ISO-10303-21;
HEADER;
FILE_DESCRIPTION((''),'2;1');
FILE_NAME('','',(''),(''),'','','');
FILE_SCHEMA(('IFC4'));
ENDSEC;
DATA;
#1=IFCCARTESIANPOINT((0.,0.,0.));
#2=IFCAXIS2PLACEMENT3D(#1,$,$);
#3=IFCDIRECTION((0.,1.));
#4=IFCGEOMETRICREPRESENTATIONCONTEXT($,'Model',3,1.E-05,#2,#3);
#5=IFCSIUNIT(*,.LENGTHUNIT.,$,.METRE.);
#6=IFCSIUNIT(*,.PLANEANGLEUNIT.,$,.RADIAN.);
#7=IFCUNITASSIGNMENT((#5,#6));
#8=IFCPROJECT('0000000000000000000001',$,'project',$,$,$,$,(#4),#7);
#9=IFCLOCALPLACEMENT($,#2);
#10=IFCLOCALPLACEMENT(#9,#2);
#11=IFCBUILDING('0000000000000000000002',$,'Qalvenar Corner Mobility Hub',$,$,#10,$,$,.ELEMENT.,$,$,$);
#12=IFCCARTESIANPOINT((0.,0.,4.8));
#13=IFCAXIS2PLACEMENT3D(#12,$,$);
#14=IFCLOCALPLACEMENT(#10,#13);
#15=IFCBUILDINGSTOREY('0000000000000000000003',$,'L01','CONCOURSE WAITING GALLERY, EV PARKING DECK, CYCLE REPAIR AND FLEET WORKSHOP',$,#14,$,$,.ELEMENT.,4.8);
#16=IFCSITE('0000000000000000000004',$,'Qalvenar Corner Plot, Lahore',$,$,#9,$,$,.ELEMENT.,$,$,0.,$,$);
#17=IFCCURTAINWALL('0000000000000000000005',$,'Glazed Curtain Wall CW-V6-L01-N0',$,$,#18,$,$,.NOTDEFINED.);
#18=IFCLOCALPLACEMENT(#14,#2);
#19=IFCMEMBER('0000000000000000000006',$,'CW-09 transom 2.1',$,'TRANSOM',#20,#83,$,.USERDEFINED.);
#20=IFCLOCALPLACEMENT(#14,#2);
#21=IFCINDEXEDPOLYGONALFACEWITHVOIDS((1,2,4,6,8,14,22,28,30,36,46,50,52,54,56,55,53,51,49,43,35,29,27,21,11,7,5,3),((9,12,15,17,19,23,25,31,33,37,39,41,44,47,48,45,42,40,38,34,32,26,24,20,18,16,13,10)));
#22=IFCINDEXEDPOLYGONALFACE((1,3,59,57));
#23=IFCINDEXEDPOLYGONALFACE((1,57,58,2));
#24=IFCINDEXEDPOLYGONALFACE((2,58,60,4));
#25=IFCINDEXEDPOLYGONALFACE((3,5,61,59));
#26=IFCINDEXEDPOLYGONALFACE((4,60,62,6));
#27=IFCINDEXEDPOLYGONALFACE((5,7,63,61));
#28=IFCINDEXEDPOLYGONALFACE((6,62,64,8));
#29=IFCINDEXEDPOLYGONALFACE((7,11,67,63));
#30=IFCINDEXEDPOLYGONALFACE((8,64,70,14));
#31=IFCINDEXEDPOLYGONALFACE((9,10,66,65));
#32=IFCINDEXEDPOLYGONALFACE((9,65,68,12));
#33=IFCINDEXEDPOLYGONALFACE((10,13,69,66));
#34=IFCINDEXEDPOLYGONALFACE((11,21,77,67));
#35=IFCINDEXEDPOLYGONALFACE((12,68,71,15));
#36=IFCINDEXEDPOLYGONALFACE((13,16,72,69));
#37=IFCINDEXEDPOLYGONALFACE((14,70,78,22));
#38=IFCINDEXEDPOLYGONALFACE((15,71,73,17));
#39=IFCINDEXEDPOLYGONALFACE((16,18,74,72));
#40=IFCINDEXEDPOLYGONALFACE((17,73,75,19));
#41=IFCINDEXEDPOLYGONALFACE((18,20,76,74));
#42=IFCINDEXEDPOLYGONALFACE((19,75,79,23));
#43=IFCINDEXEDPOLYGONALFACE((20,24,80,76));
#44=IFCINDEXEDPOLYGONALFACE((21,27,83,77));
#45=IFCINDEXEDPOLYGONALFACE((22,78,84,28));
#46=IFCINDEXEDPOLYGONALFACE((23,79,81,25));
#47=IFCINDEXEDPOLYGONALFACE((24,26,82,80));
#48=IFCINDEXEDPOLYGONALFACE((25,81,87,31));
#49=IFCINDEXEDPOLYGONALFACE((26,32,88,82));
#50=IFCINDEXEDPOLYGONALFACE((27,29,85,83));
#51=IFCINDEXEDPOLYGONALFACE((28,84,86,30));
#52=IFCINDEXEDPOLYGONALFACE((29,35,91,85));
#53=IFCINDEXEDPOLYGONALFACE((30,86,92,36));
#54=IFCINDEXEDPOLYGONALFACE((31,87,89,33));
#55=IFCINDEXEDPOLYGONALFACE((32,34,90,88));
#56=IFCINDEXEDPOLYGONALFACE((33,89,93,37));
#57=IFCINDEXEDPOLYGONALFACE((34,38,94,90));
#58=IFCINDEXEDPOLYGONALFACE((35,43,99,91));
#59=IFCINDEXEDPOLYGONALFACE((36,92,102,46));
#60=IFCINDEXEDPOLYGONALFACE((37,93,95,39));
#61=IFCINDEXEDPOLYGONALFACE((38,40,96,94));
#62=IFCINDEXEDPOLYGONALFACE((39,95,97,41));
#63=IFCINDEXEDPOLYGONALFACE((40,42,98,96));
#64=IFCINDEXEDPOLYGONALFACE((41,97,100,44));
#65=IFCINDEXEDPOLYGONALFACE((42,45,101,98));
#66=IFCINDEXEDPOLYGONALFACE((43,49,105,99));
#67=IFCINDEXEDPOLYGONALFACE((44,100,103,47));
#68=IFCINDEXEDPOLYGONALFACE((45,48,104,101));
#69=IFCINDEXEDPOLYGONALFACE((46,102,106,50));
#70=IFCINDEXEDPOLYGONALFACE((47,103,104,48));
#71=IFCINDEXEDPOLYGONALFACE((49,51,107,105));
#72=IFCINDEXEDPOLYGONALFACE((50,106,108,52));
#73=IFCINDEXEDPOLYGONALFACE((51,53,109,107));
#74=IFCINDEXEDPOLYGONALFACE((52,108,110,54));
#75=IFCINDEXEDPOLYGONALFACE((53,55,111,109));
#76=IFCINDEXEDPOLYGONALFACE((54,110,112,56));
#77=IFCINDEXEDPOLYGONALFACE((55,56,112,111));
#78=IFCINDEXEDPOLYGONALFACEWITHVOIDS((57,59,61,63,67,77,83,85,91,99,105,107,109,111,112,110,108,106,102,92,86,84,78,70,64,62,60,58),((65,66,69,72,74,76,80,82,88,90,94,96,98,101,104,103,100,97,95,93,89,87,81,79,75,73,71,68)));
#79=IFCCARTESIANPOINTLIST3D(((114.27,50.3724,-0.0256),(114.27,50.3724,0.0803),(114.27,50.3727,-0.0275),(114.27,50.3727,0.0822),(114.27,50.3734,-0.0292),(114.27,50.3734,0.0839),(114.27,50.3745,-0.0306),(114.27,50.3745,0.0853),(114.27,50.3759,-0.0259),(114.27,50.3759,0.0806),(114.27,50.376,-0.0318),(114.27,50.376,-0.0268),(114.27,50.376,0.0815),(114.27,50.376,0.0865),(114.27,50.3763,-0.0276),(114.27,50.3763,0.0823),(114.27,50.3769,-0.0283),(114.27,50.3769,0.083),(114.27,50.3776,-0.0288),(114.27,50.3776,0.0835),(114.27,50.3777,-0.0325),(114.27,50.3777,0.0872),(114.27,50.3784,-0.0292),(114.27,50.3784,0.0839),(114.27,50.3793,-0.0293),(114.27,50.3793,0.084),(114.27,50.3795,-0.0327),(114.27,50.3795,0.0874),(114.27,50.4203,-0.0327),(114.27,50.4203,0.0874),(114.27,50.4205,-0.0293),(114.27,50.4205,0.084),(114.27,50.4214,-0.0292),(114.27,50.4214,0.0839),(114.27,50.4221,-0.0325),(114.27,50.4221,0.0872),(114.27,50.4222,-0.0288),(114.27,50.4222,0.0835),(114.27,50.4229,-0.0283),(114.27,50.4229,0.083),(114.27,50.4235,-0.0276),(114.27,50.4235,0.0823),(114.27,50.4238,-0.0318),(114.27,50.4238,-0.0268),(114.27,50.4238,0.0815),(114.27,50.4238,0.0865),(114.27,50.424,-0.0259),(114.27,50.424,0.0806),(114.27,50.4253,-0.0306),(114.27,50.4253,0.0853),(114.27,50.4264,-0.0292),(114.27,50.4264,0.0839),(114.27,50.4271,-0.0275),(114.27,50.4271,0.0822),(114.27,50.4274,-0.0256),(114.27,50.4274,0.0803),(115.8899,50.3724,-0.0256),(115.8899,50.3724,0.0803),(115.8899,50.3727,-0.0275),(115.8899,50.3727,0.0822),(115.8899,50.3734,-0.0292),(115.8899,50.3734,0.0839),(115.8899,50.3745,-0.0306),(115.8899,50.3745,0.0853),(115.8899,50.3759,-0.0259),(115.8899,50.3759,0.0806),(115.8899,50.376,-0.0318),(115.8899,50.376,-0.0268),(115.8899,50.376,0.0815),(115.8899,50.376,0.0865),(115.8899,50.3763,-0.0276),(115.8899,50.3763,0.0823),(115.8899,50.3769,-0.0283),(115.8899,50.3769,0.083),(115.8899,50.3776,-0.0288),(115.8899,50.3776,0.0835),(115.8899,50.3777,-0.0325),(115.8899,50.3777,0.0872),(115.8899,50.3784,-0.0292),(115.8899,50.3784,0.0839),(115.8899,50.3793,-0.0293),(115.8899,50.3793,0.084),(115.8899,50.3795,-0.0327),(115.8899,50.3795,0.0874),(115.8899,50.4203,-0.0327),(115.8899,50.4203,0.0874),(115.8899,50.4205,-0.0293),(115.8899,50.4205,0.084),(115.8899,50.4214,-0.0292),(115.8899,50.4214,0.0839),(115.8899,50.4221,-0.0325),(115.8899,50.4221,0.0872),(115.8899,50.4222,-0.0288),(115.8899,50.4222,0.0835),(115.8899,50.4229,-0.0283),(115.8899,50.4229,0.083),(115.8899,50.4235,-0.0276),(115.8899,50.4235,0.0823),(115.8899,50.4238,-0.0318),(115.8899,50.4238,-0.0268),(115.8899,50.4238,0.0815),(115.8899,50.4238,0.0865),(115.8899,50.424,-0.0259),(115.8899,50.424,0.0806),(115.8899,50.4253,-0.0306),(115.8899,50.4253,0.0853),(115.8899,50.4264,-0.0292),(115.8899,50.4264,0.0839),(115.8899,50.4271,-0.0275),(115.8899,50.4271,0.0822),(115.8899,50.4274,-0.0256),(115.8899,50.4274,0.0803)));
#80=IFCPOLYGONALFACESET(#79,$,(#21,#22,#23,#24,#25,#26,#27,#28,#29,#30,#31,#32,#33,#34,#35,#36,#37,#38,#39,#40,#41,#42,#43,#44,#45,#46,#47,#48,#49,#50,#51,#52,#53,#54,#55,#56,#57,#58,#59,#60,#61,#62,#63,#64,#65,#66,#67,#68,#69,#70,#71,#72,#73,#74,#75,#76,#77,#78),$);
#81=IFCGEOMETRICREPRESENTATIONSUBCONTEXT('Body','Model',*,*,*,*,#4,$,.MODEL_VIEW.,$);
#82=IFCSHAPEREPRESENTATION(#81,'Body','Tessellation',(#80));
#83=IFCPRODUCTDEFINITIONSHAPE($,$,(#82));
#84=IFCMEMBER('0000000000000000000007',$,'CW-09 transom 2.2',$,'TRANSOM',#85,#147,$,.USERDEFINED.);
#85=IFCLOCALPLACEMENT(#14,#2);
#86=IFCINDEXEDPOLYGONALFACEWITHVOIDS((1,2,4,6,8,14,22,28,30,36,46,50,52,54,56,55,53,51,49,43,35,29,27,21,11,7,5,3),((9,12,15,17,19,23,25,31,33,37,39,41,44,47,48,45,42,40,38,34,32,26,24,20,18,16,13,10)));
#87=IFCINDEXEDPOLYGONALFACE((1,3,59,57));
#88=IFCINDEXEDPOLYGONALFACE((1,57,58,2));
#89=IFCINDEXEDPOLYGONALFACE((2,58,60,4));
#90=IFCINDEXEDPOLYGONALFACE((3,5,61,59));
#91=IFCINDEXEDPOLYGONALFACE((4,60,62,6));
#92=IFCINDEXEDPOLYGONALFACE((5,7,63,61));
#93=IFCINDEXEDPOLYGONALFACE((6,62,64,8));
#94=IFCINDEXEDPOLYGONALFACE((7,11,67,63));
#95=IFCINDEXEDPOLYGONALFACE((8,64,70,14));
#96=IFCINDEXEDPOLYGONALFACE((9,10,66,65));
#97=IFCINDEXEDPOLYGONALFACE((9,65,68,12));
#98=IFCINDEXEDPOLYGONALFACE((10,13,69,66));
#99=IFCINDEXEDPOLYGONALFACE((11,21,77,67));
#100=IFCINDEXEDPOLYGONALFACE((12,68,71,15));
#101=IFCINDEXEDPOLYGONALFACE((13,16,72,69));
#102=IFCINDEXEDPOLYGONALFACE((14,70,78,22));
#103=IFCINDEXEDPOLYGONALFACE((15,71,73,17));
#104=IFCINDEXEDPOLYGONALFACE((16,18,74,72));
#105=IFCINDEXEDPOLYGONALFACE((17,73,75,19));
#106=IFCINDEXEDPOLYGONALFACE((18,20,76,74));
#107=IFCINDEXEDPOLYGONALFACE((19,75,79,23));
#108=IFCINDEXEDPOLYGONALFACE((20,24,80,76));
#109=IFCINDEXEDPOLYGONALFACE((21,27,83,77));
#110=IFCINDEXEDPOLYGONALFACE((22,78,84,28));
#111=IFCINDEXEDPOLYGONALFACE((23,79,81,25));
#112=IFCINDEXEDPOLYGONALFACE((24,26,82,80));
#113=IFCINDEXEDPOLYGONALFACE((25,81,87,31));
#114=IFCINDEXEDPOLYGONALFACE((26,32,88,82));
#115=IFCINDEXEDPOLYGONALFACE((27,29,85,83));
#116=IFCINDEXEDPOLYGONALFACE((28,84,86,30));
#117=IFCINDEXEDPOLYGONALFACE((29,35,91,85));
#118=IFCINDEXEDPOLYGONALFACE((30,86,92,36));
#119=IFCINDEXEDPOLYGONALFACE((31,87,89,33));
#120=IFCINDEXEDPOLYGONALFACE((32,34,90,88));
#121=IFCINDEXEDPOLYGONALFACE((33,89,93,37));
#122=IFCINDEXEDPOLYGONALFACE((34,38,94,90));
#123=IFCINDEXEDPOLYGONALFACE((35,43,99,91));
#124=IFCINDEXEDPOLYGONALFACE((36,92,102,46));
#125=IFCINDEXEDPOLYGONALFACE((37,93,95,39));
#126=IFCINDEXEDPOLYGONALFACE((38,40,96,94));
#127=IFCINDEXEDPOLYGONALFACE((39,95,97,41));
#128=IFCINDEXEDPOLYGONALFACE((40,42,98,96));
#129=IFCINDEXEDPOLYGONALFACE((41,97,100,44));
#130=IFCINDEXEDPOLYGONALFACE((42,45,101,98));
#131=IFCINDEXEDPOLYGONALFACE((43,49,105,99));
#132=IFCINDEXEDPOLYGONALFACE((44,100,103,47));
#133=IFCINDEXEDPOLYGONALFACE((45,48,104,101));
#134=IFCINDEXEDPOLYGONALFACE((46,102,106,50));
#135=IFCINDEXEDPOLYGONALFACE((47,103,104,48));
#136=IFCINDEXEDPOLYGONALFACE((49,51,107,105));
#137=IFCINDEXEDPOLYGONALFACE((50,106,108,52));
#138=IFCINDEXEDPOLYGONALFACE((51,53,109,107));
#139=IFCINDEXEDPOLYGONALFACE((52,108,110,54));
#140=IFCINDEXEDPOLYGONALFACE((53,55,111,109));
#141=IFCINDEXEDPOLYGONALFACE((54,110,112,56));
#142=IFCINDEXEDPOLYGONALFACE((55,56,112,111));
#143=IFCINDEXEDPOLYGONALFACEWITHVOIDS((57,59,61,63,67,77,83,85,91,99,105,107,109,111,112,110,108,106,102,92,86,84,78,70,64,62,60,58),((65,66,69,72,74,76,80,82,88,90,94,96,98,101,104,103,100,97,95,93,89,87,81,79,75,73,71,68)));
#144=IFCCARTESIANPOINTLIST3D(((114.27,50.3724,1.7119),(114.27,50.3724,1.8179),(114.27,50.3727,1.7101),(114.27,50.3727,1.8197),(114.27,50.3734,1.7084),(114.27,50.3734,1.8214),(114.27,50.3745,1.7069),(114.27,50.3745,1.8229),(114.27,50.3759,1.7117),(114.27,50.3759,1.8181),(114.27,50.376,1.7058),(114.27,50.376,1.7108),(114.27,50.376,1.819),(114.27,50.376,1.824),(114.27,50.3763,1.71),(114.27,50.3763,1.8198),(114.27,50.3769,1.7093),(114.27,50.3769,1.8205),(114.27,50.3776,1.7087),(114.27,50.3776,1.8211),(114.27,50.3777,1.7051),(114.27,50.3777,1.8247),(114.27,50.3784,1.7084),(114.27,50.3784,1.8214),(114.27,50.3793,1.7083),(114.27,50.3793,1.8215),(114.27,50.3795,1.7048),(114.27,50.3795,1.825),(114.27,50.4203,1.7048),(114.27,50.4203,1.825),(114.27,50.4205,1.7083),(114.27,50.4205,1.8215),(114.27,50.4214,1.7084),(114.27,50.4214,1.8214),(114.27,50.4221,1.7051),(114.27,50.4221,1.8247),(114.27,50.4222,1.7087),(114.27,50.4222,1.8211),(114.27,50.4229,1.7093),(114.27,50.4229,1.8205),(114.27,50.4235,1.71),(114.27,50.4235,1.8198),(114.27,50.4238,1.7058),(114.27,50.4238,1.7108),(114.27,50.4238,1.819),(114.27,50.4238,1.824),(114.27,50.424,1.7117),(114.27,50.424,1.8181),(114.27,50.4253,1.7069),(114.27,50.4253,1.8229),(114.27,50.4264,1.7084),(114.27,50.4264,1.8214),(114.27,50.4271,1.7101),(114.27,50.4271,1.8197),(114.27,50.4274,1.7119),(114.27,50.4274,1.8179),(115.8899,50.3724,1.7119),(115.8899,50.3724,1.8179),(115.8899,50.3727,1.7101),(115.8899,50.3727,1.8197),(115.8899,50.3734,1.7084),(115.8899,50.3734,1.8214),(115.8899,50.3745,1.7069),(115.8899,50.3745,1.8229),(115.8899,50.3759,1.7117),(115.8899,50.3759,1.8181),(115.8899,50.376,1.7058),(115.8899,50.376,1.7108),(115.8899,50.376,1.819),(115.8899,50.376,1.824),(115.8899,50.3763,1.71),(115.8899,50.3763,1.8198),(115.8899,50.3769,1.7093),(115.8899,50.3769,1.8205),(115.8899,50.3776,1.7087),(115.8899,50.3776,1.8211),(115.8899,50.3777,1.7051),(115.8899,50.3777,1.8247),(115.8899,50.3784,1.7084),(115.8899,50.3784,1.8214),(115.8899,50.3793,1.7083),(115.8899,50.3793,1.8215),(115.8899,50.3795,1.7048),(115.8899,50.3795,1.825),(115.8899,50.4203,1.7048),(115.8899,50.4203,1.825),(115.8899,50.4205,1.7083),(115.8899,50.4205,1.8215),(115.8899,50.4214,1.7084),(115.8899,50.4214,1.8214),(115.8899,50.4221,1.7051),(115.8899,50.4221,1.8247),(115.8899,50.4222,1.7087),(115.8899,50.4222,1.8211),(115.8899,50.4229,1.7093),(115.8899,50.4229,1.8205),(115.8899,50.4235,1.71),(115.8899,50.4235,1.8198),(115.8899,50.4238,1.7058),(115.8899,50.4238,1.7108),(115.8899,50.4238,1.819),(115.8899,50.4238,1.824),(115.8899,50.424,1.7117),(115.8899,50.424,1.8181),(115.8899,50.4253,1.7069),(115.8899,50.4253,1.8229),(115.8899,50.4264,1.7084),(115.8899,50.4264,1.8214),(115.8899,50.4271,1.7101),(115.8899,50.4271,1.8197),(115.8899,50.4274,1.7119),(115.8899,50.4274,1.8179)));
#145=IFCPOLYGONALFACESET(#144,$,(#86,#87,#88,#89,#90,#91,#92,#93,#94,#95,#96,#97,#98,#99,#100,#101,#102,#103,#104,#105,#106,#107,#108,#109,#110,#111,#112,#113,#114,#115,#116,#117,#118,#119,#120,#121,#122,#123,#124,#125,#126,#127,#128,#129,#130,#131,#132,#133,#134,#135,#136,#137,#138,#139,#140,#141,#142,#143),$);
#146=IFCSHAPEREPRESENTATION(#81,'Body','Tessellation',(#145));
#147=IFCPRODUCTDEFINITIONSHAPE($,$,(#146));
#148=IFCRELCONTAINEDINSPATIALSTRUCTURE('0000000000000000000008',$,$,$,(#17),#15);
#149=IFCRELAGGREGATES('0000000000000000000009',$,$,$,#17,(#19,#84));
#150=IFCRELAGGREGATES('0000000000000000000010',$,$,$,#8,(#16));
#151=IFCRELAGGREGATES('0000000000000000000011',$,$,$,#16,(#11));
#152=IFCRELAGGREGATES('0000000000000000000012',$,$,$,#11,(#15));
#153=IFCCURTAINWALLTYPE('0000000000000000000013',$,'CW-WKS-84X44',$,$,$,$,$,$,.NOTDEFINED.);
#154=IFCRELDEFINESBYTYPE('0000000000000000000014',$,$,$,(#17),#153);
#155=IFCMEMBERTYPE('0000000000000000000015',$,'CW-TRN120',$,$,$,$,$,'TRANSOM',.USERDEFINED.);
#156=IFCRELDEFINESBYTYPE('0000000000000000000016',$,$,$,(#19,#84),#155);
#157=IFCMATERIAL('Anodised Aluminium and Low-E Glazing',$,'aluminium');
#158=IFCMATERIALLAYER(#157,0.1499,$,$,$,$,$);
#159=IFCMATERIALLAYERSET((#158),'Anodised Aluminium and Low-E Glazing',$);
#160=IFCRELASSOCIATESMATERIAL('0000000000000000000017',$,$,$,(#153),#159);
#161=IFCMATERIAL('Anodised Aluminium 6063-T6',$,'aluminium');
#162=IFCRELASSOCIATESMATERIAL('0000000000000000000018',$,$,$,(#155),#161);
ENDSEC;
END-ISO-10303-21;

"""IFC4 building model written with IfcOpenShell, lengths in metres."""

from ifc_helpers import new_model, si_unit, direction, frame, origin, origin_2d, place, context, subcontext, project, spatial, hollow_rectangle, extrude, material, layer, layer_set, material_profile, profile_set, type_object, element, aggregate, save


model = new_model("IFC4")

# Units and contexts
model_context = context("Model", 3, precision=1e-05, world=origin(), true_north=direction((0.0, 1.0)))
body_context = subcontext(model_context, "Body", "Model", "MODEL_VIEW")
ifc_project = project(units=[si_unit("LENGTHUNIT", "METRE"), si_unit("PLANEANGLEUNIT", "RADIAN")], contexts=[model_context])

# Site, building, storey
site_placement = place(None, origin())
site = spatial("IfcSite", under=ifc_project, at=site_placement, Name="Qalvenar Corner Plot, Lahore", CompositionType="ELEMENT", RefElevation=0.0)
building_placement = place(site_placement, origin())
building = spatial("IfcBuilding", under=site, at=building_placement, Name="Qalvenar Corner Mobility Hub", CompositionType="ELEMENT")
storey_placement = place(building_placement, frame((0.0, 0.0, 4.8)))
storey = spatial("IfcBuildingStorey", under=building, at=storey_placement, Name="L01", Description="CONCOURSE WAITING GALLERY, EV PARKING DECK, CYCLE REPAIR AND FLEET WORKSHOP", CompositionType="ELEMENT", Elevation=4.8)

# Curtain wall, members
ifc_material_1 = material(Name="Anodised Aluminium and Low-E Glazing", Category="aluminium")
ifc_layer_1 = layer(ifc_material_1, 0.1499)
ifc_layer_set_1 = layer_set([ifc_layer_1], Name="Anodised Aluminium and Low-E Glazing")
curtain_wall_type = type_object("IfcCurtainWallType", Name="CW-WKS-84X44", PredefinedType="NOTDEFINED", material=ifc_layer_set_1)
curtain_wall_placement = place(storey_placement, origin())
curtain_wall = element("IfcCurtainWall", 1, at=curtain_wall_placement, inside=storey, type_object=curtain_wall_type, Name="Glazed Curtain Wall CW-V6-L01-N0", PredefinedType="NOTDEFINED")
ifc_material_2 = material(Name="Anodised Aluminium 6063-T6", Category="aluminium")
ifc_material_profile_1 = material_profile(ifc_material_2, hollow_rectangle(XDim=0.0549, YDim=0.1201, WallThickness=0.0034, InnerFilletRadius=0.0034, OuterFilletRadius=0.0071, at=origin_2d()), Name="RHS120x55x3.5")
ifc_profile_set_1 = profile_set([ifc_material_profile_1], Name="Anodised Aluminium 6063-T6")
member_type_1 = type_object("IfcMemberType", Name="CW-TRN120", ElementType="TRANSOM", PredefinedType="USERDEFINED", material=ifc_profile_set_1)
member_1_placement = place(storey_placement, frame((115.8899, 50.3999, 0.0273), z_axis=(-1.0, 0.0, 0.0), x_axis=(0.0, -1.0, 0.0)))
member_1 = element("IfcMember", 2, at=member_1_placement, type_object=member_type_1, Name="CW-09 transom 2.1", ObjectType="TRANSOM", PredefinedType="USERDEFINED", context=body_context, shape_type="SweptSolid", body=[
    extrude(hollow_rectangle(XDim=0.0549, YDim=0.1201, WallThickness=0.0034, InnerFilletRadius=0.0034, OuterFilletRadius=0.0071, at=origin_2d()), origin(), (0.0, 0.0, 1.0), 1.6199),
])
member_2_placement = place(storey_placement, frame((115.8899, 50.3999, 1.7649), z_axis=(-1.0, 0.0, 0.0), x_axis=(0.0, -1.0, 0.0)))
member_2 = element("IfcMember", 3, at=member_2_placement, type_object=member_type_1, Name="CW-09 transom 2.2", ObjectType="TRANSOM", PredefinedType="USERDEFINED", context=body_context, shape_type="SweptSolid", body=[
    extrude(hollow_rectangle(XDim=0.0549, YDim=0.1201, WallThickness=0.0034, InnerFilletRadius=0.0034, OuterFilletRadius=0.0071, at=origin_2d()), origin(), (0.0, 0.0, 1.0), 1.6199),
])

aggregate(curtain_wall, [member_1, member_2])

save(model, "model.ifc")
